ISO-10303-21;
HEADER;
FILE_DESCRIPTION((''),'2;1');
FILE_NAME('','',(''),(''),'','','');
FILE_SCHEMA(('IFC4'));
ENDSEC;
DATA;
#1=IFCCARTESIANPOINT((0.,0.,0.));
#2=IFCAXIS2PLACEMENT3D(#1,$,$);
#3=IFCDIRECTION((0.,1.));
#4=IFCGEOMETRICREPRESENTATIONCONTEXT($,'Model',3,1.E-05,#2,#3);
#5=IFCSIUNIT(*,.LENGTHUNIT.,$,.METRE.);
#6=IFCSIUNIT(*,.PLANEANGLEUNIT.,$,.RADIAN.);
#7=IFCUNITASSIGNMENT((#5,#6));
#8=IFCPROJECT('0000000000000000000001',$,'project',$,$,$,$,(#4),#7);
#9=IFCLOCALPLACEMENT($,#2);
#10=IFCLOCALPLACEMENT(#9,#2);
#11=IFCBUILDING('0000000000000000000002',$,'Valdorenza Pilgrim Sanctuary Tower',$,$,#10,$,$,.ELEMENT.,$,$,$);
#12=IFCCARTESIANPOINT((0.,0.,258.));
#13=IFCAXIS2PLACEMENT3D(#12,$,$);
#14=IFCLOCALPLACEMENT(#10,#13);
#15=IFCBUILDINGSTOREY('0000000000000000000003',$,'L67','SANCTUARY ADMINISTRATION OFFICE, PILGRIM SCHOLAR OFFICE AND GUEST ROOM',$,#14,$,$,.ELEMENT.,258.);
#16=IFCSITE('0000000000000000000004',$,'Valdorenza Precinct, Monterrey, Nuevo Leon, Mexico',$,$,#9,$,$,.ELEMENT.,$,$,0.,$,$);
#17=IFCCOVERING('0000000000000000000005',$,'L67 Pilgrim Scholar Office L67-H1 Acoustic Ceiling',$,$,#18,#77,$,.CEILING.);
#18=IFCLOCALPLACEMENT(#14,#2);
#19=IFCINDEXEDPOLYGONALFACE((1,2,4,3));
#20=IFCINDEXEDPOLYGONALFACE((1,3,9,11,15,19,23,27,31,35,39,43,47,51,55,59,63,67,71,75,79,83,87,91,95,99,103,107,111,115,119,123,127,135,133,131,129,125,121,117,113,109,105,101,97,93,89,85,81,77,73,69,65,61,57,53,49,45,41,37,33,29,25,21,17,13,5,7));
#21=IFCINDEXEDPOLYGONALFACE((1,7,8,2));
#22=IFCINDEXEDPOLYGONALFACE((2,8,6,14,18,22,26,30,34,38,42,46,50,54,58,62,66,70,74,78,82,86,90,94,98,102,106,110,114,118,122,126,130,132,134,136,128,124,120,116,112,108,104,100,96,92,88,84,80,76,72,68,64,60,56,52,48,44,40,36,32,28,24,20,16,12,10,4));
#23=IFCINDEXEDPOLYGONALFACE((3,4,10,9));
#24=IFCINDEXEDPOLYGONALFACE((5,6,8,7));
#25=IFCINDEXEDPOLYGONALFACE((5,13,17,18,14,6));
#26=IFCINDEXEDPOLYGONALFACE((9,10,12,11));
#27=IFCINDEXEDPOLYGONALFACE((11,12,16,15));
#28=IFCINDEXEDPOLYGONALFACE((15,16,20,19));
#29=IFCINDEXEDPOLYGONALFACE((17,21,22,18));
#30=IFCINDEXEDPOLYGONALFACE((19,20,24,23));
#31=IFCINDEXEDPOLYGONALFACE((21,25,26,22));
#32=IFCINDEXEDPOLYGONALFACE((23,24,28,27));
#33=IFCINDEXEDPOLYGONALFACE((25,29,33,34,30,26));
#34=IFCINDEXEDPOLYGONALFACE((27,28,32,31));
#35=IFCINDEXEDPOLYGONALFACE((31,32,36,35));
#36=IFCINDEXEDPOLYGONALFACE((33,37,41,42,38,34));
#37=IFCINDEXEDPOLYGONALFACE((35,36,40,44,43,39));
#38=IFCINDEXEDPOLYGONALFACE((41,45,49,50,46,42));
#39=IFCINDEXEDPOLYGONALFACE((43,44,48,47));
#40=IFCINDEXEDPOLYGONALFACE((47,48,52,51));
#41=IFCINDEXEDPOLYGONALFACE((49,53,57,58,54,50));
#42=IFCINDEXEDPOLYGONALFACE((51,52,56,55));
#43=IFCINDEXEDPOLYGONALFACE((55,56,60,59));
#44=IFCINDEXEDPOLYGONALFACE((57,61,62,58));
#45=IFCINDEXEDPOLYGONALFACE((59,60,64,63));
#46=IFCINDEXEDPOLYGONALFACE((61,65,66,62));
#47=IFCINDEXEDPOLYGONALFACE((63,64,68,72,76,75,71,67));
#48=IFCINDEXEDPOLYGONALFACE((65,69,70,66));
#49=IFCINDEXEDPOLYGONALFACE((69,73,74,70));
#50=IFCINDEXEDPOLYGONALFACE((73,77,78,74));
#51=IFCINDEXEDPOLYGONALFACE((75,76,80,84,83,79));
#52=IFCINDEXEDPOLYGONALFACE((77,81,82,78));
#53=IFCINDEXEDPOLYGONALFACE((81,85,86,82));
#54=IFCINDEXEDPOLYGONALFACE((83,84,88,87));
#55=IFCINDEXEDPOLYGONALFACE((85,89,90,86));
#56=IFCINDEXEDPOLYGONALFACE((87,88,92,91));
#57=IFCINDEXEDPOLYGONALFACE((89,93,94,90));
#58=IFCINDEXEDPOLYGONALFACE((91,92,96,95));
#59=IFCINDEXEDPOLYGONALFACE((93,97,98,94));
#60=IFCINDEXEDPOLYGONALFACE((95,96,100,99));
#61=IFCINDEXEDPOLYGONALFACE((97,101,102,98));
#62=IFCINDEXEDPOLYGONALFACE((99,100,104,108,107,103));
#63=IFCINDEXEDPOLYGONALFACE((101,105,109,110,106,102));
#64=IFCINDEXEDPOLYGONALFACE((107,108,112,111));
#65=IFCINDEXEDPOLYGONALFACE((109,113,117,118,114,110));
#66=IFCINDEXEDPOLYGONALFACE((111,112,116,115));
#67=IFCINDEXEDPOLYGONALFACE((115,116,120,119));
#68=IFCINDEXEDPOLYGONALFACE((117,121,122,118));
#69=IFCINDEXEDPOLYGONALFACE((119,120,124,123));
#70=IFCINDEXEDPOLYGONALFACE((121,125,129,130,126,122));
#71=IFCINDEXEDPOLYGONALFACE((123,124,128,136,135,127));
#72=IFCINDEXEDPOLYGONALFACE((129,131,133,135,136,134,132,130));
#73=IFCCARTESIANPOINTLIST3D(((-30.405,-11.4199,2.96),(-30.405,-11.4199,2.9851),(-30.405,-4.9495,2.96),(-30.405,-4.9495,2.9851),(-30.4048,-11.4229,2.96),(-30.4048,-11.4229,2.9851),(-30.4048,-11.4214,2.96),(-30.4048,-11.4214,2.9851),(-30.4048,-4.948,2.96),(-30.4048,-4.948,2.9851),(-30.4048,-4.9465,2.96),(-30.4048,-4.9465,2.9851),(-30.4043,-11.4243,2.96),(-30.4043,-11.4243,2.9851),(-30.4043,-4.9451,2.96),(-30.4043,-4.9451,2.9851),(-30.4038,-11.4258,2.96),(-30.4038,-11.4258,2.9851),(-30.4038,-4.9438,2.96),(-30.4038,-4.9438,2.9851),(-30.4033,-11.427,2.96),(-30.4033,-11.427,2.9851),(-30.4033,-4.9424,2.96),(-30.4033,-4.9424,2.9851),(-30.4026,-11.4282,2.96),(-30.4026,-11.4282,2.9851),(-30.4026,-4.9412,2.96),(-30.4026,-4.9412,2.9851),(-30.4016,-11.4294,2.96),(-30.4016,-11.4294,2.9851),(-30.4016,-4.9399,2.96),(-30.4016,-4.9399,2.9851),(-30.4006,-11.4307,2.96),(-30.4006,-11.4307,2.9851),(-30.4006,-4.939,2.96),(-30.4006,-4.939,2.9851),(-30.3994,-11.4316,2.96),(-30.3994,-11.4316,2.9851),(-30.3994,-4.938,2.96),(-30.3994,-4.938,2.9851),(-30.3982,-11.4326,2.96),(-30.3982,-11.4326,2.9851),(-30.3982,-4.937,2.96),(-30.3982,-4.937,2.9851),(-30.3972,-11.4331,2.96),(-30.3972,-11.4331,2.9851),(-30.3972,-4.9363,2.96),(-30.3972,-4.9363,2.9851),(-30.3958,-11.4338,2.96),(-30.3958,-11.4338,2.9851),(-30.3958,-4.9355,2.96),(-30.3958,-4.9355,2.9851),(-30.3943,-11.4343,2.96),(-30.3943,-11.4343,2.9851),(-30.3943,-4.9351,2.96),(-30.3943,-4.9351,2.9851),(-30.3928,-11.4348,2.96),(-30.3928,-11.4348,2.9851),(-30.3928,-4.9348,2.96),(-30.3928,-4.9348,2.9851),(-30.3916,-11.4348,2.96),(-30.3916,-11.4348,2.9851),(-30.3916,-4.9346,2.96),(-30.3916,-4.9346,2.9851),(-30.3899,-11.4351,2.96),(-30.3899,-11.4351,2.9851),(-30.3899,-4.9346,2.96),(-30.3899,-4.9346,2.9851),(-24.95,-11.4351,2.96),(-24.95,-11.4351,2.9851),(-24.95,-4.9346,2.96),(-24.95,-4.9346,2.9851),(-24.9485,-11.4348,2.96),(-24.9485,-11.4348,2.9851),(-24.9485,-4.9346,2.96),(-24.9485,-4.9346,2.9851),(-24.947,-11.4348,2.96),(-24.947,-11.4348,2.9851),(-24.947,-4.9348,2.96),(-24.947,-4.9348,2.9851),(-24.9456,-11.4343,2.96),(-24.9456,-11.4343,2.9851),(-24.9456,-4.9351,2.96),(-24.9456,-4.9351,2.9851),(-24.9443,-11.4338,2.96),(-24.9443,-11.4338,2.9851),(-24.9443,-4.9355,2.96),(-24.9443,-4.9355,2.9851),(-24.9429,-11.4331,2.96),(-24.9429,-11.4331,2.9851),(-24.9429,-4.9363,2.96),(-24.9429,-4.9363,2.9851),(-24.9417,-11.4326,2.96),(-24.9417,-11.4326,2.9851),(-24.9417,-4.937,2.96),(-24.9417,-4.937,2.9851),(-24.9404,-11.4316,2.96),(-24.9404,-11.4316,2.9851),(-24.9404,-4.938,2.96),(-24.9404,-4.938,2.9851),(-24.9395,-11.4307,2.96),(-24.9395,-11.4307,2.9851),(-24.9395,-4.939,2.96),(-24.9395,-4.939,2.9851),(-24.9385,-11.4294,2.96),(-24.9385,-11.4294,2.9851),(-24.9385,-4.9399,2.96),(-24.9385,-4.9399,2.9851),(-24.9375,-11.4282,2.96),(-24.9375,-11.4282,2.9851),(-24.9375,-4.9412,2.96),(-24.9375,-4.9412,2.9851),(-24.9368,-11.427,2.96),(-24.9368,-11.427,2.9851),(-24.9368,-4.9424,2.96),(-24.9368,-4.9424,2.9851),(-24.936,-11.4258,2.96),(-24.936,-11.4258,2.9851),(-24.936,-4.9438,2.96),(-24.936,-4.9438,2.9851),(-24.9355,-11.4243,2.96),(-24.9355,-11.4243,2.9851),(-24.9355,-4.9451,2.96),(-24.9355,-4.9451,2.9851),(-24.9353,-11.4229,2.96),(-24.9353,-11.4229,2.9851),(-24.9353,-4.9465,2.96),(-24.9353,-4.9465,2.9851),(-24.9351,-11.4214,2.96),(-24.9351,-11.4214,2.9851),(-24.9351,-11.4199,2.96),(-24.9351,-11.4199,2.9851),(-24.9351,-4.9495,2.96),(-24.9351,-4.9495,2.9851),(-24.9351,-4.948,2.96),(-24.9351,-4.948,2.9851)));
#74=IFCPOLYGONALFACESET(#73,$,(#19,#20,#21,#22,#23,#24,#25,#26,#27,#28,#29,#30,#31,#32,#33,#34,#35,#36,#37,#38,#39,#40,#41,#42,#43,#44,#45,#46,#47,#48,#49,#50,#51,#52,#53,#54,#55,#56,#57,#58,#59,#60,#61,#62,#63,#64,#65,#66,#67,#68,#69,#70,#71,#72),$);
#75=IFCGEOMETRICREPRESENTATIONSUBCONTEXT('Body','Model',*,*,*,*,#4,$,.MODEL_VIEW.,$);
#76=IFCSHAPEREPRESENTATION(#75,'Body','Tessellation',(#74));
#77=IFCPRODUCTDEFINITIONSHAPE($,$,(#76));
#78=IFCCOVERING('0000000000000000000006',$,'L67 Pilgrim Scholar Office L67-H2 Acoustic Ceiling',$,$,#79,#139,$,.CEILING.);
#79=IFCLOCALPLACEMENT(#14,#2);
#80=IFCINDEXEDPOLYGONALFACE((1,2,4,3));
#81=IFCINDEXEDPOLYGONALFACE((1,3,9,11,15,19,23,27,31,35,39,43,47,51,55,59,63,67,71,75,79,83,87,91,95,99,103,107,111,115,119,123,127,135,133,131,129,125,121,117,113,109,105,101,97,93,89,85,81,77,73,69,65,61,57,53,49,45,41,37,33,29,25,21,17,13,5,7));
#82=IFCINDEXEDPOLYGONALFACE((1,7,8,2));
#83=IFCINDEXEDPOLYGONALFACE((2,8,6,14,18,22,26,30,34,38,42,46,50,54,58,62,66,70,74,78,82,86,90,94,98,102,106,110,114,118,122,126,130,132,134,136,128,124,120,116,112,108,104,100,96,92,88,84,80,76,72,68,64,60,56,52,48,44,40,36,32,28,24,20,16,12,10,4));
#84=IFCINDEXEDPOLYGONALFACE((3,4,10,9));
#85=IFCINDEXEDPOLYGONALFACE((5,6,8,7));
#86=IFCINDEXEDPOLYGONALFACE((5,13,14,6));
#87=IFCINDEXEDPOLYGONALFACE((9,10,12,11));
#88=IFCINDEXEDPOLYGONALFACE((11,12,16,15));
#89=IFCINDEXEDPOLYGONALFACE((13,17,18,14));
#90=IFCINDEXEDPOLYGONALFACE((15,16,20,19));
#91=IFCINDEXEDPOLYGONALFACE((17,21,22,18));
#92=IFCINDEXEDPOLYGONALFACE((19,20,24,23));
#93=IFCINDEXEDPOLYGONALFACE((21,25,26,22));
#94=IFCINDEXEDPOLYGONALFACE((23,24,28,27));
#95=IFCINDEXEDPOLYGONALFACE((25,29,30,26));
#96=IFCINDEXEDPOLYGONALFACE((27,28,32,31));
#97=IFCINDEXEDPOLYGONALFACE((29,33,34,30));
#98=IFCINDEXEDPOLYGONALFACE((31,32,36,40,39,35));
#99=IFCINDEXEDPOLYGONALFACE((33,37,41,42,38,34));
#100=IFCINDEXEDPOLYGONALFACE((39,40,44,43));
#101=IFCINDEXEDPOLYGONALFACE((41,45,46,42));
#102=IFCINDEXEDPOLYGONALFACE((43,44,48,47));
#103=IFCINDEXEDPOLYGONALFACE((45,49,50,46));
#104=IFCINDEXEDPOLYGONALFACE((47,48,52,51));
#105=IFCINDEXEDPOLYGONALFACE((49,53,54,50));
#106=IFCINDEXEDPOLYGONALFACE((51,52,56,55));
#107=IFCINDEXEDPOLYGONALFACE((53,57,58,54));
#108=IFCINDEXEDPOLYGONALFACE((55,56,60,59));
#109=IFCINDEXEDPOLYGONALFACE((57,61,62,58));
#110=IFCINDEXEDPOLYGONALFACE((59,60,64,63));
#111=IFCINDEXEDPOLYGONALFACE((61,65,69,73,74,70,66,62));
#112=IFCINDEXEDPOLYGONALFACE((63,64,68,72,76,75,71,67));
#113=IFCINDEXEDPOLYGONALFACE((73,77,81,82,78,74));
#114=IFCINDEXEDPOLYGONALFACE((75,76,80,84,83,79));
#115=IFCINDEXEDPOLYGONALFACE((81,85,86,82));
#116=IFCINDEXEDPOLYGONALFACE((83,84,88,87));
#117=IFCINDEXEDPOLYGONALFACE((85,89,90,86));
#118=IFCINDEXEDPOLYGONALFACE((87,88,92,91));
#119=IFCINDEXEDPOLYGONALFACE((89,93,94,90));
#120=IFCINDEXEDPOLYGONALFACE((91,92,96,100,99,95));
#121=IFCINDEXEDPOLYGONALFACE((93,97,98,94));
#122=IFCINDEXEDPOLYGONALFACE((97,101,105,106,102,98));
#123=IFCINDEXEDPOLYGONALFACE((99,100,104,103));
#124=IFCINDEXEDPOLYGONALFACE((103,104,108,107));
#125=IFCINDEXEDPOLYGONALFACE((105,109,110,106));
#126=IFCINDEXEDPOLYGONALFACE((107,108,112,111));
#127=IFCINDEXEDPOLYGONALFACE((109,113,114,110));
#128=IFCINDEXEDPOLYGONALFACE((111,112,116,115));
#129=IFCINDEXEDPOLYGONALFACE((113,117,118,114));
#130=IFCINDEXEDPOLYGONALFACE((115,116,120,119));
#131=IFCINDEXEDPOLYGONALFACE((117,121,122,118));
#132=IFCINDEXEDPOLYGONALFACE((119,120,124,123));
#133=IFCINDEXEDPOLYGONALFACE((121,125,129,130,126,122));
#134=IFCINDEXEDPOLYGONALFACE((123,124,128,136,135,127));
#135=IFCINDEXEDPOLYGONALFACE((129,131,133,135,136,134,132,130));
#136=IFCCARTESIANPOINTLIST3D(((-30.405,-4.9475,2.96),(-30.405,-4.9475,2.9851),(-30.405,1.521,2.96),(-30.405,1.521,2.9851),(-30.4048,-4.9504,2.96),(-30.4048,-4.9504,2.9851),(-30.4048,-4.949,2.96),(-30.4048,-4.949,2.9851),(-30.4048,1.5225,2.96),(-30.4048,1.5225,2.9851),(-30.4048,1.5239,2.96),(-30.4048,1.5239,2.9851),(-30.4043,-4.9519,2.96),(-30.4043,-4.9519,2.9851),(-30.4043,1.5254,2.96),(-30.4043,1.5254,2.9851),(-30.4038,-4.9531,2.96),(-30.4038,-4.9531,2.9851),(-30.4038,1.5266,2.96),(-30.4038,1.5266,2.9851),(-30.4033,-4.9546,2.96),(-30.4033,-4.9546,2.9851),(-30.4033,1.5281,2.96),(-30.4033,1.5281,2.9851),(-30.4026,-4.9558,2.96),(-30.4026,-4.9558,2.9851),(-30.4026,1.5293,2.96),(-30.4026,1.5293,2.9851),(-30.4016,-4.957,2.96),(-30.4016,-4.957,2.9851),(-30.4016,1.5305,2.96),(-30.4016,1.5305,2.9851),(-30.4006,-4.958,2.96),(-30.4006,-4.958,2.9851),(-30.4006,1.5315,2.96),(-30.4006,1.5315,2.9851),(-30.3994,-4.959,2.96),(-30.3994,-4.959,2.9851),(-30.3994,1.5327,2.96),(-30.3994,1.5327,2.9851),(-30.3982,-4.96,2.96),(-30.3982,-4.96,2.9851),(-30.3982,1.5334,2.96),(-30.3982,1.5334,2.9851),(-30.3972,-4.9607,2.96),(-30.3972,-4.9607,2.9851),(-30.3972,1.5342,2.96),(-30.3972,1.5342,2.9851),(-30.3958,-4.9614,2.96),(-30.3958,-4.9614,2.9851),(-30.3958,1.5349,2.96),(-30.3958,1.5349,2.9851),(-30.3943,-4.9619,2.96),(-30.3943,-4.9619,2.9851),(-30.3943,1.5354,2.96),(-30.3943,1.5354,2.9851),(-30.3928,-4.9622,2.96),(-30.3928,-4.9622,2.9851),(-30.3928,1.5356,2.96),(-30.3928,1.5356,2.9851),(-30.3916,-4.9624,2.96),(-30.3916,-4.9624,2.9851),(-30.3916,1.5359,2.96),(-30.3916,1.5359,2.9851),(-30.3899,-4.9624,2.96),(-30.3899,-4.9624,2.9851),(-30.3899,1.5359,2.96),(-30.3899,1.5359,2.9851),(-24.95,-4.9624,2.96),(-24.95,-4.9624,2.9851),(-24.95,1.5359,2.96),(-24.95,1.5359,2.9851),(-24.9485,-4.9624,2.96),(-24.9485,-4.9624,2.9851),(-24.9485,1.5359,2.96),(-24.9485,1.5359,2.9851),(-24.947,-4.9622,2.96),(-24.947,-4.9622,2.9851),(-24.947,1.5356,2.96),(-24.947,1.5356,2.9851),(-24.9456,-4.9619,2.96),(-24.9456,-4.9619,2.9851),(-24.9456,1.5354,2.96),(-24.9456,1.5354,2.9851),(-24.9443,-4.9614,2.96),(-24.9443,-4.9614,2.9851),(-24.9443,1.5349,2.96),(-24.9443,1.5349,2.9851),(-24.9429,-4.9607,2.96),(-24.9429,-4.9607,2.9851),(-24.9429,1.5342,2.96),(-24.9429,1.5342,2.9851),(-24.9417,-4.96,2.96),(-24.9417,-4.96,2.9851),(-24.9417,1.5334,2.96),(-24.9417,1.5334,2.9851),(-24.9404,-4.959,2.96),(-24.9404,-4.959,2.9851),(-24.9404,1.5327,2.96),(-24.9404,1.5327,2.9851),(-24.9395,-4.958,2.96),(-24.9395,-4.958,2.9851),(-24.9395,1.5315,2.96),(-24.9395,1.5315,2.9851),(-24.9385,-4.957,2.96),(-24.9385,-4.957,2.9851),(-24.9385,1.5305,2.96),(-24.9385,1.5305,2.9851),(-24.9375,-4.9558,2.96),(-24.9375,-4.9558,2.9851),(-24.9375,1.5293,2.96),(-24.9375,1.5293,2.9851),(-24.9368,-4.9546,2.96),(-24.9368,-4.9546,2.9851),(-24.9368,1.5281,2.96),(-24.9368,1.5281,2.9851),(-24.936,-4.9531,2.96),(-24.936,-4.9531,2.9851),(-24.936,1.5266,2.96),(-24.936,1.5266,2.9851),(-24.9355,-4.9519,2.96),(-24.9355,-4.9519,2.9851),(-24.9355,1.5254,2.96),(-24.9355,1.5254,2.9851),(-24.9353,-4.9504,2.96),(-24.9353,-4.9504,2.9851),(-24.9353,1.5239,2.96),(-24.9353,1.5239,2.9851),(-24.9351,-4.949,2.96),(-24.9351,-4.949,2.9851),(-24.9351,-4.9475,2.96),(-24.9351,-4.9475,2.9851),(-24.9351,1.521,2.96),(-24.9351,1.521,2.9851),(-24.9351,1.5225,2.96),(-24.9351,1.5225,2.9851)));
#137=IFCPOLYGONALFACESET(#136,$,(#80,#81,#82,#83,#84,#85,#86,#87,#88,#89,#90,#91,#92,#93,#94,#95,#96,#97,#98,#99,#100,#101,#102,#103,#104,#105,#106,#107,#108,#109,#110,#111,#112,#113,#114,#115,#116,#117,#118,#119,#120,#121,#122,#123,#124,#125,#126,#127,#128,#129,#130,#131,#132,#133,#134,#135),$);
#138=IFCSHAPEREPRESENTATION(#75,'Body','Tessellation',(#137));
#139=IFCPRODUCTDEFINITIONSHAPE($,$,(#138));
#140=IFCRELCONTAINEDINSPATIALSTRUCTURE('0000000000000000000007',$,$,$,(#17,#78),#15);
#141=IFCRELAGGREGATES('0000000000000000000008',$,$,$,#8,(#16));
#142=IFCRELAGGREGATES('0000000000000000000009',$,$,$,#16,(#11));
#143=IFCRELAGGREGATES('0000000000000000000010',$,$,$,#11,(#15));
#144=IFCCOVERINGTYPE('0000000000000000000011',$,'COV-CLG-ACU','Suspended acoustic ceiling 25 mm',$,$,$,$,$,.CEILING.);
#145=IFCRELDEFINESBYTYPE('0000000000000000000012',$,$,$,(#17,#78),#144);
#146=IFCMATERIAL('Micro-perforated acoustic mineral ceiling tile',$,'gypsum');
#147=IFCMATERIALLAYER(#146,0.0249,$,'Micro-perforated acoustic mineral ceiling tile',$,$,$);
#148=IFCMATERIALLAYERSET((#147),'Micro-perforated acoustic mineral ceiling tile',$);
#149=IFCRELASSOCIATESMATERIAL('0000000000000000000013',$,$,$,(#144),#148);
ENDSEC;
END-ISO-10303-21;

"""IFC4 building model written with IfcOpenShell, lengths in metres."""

from ifc_helpers import new_model, si_unit, direction, frame, origin, place, context, subcontext, project, spatial, polyline, outline, extrude, material, layer, layer_set, type_object, element, save


model = new_model("IFC4")

# Units and contexts
model_context = context("Model", 3, precision=1e-05, world=origin(), true_north=direction((0.0, 1.0)))
body_context = subcontext(model_context, "Body", "Model", "MODEL_VIEW")
ifc_project = project(units=[si_unit("LENGTHUNIT", "METRE"), si_unit("PLANEANGLEUNIT", "RADIAN")], contexts=[model_context])

# Site, building, storey
site_placement = place(None, origin())
site = spatial("IfcSite", under=ifc_project, at=site_placement, Name="Valdorenza Precinct, Monterrey, Nuevo Leon, Mexico", CompositionType="ELEMENT", RefElevation=0.0)
building_placement = place(site_placement, origin())
building = spatial("IfcBuilding", under=site, at=building_placement, Name="Valdorenza Pilgrim Sanctuary Tower", CompositionType="ELEMENT")
storey_placement = place(building_placement, frame((0.0, 0.0, 258.0)))
storey = spatial("IfcBuildingStorey", under=building, at=storey_placement, Name="L67", Description="SANCTUARY ADMINISTRATION OFFICE, PILGRIM SCHOLAR OFFICE AND GUEST ROOM", CompositionType="ELEMENT", Elevation=258.0)

# Coverings
ifc_material_1 = material(Name="Micro-perforated acoustic mineral ceiling tile", Category="gypsum")
ifc_layer_1 = layer(ifc_material_1, 0.0249, Name="Micro-perforated acoustic mineral ceiling tile")
ifc_layer_set_1 = layer_set([ifc_layer_1], Name="Micro-perforated acoustic mineral ceiling tile")
covering_type_1 = type_object("IfcCoveringType", Name="COV-CLG-ACU", Description="Suspended acoustic ceiling 25 mm", PredefinedType="CEILING", material=ifc_layer_set_1)
covering_1_placement = place(storey_placement, frame((0.0, 0.0, 2.96)))
element("IfcCovering", 1, at=covering_1_placement, inside=storey, type_object=covering_type_1, Name="L67 Pilgrim Scholar Office L67-H1 Acoustic Ceiling", PredefinedType="CEILING", context=body_context, shape_type="SweptSolid", body=[
    extrude(outline(polyline([(-24.9351, -11.4199), (-24.9351, -11.4214), (-24.9353, -11.4229), (-24.9355, -11.4243), (-24.936, -11.4258), (-24.9368, -11.427), (-24.9375, -11.4282), (-24.9385, -11.4294), (-24.9395, -11.4307), (-24.9404, -11.4316), (-24.9417, -11.4326), (-24.9429, -11.4331), (-24.9443, -11.4338), (-24.9456, -11.4343), (-24.947, -11.4348), (-24.9485, -11.4348), (-24.95, -11.4351), (-30.3899, -11.4351), (-30.3916, -11.4348), (-30.3928, -11.4348), (-30.3943, -11.4343), (-30.3958, -11.4338), (-30.3972, -11.4331), (-30.3982, -11.4326), (-30.3994, -11.4316), (-30.4006, -11.4307), (-30.4016, -11.4294), (-30.4026, -11.4282), (-30.4033, -11.427), (-30.4038, -11.4258), (-30.4043, -11.4243), (-30.4048, -11.4229), (-30.4048, -11.4214), (-30.405, -11.4199), (-30.405, -4.9495), (-30.4048, -4.948), (-30.4048, -4.9465), (-30.4043, -4.9451), (-30.4038, -4.9438), (-30.4033, -4.9424), (-30.4026, -4.9412), (-30.4016, -4.9399), (-30.4006, -4.939), (-30.3994, -4.938), (-30.3982, -4.937), (-30.3972, -4.9363), (-30.3958, -4.9355), (-30.3943, -4.9351), (-30.3928, -4.9348), (-30.3916, -4.9346), (-30.3899, -4.9346), (-24.95, -4.9346), (-24.9485, -4.9346), (-24.947, -4.9348), (-24.9456, -4.9351), (-24.9443, -4.9355), (-24.9429, -4.9363), (-24.9417, -4.937), (-24.9404, -4.938), (-24.9395, -4.939), (-24.9385, -4.9399), (-24.9375, -4.9412), (-24.9368, -4.9424), (-24.936, -4.9438), (-24.9355, -4.9451), (-24.9353, -4.9465), (-24.9351, -4.948), (-24.9351, -4.9495), (-24.9351, -11.4199)])), origin(), (0.0, 0.0, 1.0), 0.0251),
])
covering_2_placement = place(storey_placement, frame((0.0, 0.0, 2.96)))
element("IfcCovering", 2, at=covering_2_placement, inside=storey, type_object=covering_type_1, Name="L67 Pilgrim Scholar Office L67-H2 Acoustic Ceiling", PredefinedType="CEILING", context=body_context, shape_type="SweptSolid", body=[
    extrude(outline(polyline([(-24.9351, -4.9475), (-24.9351, -4.949), (-24.9353, -4.9504), (-24.9355, -4.9519), (-24.936, -4.9531), (-24.9368, -4.9546), (-24.9375, -4.9558), (-24.9385, -4.957), (-24.9395, -4.958), (-24.9404, -4.959), (-24.9417, -4.96), (-24.9429, -4.9607), (-24.9443, -4.9614), (-24.9456, -4.9619), (-24.947, -4.9622), (-24.9485, -4.9624), (-24.95, -4.9624), (-30.3899, -4.9624), (-30.3916, -4.9624), (-30.3928, -4.9622), (-30.3943, -4.9619), (-30.3958, -4.9614), (-30.3972, -4.9607), (-30.3982, -4.96), (-30.3994, -4.959), (-30.4006, -4.958), (-30.4016, -4.957), (-30.4026, -4.9558), (-30.4033, -4.9546), (-30.4038, -4.9531), (-30.4043, -4.9519), (-30.4048, -4.9504), (-30.4048, -4.949), (-30.405, -4.9475), (-30.405, 1.521), (-30.4048, 1.5225), (-30.4048, 1.5239), (-30.4043, 1.5254), (-30.4038, 1.5266), (-30.4033, 1.5281), (-30.4026, 1.5293), (-30.4016, 1.5305), (-30.4006, 1.5315), (-30.3994, 1.5327), (-30.3982, 1.5334), (-30.3972, 1.5342), (-30.3958, 1.5349), (-30.3943, 1.5354), (-30.3928, 1.5356), (-30.3916, 1.5359), (-30.3899, 1.5359), (-24.95, 1.5359), (-24.9485, 1.5359), (-24.947, 1.5356), (-24.9456, 1.5354), (-24.9443, 1.5349), (-24.9429, 1.5342), (-24.9417, 1.5334), (-24.9404, 1.5327), (-24.9395, 1.5315), (-24.9385, 1.5305), (-24.9375, 1.5293), (-24.9368, 1.5281), (-24.936, 1.5266), (-24.9355, 1.5254), (-24.9353, 1.5239), (-24.9351, 1.5225), (-24.9351, 1.521), (-24.9351, -4.9475)])), origin(), (0.0, 0.0, 1.0), 0.0251),
])

save(model, "model.ifc")
